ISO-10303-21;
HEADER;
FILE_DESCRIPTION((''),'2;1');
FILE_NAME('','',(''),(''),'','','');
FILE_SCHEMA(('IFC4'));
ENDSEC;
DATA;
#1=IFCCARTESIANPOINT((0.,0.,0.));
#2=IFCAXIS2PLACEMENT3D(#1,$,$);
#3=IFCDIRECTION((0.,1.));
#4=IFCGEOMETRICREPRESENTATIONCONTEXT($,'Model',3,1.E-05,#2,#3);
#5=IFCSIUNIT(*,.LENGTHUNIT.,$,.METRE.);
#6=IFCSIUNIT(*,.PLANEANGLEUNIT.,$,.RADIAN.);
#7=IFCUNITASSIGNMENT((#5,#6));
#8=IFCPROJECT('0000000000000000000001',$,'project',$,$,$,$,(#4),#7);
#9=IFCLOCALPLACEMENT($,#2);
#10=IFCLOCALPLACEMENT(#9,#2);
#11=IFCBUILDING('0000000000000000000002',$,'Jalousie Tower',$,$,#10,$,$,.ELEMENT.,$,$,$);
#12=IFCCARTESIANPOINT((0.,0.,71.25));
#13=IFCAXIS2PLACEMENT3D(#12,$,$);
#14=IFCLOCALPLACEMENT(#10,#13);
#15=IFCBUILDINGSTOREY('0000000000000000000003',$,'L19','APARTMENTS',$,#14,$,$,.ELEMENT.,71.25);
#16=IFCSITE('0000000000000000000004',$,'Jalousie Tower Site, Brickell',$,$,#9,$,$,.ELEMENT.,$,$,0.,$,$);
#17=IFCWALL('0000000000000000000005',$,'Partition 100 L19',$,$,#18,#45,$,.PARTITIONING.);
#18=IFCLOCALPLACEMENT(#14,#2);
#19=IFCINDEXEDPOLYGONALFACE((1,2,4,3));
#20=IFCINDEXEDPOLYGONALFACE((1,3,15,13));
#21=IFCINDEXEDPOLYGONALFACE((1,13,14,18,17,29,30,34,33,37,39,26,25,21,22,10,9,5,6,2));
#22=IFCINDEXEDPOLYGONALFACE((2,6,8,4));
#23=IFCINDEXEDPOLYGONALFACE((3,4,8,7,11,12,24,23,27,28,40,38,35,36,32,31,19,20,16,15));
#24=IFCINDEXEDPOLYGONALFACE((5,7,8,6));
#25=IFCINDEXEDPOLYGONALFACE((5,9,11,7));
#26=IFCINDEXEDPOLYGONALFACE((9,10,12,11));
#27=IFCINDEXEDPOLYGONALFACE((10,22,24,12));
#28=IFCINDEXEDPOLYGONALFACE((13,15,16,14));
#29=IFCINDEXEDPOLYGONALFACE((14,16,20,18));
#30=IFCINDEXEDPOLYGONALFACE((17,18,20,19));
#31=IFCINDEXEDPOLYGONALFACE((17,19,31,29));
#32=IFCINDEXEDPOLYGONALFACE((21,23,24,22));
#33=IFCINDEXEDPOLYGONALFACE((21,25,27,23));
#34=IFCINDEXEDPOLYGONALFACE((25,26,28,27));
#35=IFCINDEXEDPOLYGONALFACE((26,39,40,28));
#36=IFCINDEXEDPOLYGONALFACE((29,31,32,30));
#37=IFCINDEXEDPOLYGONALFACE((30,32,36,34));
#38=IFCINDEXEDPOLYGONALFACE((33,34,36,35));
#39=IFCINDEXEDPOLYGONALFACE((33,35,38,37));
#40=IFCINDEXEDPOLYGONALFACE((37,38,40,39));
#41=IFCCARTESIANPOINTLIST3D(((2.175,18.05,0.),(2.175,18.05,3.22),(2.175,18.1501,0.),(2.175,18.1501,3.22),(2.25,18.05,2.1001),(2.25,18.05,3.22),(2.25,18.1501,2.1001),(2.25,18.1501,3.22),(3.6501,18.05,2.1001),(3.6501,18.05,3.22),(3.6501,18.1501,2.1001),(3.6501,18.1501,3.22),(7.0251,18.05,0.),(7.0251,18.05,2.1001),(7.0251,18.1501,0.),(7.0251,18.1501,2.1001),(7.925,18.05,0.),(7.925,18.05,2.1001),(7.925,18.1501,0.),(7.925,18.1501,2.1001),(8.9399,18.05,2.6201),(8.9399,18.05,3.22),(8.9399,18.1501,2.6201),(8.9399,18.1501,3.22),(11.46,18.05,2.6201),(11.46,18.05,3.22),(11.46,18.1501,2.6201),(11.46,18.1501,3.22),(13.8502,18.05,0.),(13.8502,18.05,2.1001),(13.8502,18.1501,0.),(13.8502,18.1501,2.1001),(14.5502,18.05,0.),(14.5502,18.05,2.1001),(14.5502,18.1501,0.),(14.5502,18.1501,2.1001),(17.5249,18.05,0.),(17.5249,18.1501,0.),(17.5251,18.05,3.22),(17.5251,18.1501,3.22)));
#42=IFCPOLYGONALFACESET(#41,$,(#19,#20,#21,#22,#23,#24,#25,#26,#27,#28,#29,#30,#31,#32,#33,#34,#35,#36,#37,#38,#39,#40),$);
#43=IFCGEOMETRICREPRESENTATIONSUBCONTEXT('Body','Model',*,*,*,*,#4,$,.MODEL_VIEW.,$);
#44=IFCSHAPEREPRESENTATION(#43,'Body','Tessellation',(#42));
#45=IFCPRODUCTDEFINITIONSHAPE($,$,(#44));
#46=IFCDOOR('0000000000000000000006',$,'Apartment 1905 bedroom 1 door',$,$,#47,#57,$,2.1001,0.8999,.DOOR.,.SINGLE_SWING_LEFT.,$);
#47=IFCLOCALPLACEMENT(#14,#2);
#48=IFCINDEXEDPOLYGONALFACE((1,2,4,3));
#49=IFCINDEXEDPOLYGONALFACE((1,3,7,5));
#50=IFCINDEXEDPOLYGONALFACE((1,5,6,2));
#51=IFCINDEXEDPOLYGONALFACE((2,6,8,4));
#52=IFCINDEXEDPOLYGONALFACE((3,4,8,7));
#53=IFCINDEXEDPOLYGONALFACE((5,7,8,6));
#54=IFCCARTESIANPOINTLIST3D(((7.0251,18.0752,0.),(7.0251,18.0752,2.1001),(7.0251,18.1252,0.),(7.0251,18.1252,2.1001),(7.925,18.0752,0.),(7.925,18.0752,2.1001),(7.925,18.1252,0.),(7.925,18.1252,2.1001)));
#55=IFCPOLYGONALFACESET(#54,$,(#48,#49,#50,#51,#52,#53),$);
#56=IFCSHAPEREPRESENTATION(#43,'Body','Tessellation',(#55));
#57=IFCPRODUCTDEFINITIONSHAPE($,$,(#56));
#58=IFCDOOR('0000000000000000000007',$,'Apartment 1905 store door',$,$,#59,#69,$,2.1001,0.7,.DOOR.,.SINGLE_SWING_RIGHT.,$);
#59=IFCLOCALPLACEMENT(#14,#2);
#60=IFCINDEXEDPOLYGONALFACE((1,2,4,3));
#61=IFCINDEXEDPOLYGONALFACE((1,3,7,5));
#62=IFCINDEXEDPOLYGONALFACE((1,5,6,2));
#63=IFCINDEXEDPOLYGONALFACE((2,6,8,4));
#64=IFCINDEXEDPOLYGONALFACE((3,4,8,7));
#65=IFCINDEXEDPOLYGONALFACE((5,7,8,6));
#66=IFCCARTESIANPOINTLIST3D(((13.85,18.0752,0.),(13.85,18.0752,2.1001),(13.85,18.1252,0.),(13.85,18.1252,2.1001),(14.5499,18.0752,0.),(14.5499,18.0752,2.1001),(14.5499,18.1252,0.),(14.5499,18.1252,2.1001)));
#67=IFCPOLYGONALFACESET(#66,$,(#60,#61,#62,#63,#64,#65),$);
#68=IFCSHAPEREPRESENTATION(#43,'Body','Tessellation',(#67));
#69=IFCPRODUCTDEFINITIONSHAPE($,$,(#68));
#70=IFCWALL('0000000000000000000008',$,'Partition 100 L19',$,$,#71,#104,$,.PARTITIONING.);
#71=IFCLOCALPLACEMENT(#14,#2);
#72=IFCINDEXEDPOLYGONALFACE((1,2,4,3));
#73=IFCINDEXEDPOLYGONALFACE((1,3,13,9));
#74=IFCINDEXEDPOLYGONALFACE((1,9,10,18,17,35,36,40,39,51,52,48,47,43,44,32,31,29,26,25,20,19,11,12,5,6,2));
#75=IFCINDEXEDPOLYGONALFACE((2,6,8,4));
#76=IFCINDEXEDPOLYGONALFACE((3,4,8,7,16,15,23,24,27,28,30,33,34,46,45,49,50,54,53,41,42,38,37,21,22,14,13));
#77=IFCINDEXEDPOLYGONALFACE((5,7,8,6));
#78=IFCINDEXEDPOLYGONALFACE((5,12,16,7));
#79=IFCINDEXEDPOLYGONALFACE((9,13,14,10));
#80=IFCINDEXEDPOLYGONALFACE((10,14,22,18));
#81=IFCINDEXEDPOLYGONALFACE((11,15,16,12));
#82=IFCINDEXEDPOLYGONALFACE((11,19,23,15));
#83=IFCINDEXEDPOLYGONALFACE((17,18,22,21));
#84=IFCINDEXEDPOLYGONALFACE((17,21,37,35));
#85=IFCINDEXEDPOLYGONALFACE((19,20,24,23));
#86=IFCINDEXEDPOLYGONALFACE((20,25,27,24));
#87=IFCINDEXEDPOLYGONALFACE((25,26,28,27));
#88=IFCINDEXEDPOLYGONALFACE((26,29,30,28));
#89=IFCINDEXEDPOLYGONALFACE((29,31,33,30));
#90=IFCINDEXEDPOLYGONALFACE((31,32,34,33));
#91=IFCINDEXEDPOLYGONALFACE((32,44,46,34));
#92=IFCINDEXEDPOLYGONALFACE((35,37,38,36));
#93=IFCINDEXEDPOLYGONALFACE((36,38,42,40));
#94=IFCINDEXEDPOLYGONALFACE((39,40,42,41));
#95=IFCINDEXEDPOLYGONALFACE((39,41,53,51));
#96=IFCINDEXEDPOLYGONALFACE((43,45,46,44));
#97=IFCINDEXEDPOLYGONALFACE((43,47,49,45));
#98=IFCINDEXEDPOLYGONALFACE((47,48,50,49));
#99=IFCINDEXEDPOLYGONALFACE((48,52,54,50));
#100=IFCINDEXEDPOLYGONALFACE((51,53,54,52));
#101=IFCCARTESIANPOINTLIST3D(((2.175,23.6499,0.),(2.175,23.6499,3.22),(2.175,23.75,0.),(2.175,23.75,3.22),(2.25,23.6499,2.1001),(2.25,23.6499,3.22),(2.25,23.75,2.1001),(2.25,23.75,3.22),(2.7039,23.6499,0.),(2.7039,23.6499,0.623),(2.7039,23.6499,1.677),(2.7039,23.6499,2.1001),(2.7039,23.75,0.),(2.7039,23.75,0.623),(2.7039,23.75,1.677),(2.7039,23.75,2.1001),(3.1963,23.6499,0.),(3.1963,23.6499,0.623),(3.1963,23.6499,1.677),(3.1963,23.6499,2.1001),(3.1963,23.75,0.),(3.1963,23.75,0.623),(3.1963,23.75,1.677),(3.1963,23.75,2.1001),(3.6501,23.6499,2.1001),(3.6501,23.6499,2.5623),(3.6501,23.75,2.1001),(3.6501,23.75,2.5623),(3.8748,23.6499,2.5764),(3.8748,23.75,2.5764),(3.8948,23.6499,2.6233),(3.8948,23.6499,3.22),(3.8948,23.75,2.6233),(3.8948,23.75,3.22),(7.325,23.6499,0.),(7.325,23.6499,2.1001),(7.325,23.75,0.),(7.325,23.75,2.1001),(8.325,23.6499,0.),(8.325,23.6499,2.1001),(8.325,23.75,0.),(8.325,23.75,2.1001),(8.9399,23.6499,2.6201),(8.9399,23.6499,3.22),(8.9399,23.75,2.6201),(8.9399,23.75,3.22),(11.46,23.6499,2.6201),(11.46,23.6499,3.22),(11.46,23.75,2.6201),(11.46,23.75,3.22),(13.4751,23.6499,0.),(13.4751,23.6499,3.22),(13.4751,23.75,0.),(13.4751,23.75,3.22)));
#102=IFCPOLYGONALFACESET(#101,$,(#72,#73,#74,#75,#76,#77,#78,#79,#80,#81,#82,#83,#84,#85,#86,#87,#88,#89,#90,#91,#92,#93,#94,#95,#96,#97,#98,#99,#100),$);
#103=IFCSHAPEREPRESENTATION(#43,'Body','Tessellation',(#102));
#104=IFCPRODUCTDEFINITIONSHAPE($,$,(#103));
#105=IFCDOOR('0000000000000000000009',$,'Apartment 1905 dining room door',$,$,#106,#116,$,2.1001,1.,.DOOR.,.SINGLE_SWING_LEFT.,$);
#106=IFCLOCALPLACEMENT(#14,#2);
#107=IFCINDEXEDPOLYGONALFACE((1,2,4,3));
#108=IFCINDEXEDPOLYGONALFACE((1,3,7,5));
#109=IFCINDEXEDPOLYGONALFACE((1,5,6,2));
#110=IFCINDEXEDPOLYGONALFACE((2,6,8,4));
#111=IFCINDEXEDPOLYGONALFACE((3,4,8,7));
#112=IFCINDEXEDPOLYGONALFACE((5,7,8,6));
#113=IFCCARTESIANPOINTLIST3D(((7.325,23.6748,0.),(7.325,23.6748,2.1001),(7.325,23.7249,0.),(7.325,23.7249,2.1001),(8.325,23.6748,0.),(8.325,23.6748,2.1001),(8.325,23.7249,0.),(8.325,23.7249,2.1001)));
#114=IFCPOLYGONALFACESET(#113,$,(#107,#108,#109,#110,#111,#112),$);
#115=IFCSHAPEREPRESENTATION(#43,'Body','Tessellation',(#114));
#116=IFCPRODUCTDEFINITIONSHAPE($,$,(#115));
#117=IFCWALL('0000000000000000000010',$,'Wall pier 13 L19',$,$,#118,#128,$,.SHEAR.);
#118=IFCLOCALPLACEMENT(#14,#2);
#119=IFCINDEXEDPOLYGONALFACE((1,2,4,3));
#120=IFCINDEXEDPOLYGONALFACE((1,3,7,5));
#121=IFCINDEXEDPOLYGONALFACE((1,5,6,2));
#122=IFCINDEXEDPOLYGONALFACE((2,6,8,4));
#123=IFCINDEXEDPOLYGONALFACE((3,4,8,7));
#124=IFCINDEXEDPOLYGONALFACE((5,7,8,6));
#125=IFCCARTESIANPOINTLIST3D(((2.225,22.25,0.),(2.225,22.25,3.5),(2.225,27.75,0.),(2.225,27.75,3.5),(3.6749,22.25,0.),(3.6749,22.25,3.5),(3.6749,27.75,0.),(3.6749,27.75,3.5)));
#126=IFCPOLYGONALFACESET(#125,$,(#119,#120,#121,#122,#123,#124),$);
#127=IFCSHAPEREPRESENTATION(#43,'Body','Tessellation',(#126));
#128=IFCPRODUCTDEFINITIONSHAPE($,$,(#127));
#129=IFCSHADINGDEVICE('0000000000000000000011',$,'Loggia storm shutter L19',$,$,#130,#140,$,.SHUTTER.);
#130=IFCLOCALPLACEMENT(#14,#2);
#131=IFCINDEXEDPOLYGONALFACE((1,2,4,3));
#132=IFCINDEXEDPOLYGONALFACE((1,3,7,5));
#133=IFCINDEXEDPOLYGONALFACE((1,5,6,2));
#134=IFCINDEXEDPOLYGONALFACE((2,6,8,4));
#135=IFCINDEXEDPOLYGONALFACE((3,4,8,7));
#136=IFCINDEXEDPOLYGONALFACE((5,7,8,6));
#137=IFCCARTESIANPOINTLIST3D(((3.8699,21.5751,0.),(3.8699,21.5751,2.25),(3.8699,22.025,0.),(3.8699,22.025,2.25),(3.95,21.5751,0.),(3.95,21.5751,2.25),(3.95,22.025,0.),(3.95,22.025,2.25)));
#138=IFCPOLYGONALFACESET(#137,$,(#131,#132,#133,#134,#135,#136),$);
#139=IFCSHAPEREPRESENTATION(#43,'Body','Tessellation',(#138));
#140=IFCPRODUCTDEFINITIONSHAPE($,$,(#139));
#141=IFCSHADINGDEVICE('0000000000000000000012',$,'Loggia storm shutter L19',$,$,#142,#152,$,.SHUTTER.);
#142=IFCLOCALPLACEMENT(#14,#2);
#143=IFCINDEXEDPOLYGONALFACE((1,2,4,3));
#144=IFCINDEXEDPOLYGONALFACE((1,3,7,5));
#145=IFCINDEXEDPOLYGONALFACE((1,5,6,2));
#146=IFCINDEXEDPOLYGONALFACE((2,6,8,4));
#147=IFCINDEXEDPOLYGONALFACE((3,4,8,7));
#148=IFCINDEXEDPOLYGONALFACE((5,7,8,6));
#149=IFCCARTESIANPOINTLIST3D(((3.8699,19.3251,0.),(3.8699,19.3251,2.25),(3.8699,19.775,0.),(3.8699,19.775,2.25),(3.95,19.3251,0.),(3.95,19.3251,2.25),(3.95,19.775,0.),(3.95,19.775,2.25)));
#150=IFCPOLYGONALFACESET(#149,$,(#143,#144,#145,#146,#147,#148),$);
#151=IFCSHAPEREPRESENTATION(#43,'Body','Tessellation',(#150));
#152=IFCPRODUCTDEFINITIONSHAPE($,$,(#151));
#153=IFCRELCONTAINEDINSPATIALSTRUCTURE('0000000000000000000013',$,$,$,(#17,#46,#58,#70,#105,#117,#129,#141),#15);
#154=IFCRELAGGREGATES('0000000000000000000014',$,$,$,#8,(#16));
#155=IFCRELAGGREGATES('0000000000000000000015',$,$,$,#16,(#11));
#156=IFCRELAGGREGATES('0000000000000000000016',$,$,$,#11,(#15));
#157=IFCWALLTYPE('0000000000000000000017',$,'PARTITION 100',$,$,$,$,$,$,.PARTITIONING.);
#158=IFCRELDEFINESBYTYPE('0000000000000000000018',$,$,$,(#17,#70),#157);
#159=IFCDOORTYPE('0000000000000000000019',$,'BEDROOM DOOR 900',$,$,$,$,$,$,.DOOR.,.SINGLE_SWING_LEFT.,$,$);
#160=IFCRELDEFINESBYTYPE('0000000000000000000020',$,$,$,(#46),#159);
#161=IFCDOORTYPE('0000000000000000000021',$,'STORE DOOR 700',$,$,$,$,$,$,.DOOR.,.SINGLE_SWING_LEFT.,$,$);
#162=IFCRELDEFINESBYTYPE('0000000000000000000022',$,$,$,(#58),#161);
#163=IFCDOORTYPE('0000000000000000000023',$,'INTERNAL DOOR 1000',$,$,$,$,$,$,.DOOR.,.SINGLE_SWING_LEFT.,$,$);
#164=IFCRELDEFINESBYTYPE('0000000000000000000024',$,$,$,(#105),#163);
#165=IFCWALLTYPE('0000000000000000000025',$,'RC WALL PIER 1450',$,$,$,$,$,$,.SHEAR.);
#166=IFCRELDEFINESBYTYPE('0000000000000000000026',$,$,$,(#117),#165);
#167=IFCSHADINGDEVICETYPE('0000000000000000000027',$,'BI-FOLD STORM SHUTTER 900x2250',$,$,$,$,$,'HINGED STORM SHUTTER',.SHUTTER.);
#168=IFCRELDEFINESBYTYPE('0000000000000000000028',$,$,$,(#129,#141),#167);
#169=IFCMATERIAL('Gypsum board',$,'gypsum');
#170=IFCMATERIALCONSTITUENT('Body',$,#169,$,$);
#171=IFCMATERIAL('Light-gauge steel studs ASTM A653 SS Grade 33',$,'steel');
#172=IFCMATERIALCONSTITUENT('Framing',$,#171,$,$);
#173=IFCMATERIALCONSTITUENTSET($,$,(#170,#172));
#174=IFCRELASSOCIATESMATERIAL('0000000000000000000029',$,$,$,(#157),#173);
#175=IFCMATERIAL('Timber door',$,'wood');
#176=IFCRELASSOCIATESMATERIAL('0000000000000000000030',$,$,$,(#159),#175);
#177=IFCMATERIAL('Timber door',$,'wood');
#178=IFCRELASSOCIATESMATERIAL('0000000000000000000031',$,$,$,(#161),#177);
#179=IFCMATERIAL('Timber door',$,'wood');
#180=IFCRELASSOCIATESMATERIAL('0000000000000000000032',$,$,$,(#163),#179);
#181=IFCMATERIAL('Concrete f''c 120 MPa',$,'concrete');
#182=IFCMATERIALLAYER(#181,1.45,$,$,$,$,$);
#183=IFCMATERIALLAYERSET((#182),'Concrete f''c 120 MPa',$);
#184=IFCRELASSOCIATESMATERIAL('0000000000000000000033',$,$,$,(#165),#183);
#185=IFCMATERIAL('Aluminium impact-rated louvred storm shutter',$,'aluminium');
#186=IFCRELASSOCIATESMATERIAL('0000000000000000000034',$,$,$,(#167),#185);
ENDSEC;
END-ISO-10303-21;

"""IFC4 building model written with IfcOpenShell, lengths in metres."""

from ifc_helpers import new_model, si_unit, direction, frame, frame_2d, origin, origin_2d, place, context, subcontext, project, spatial, polyline, rectangle, outline, extrude, material, layer, layer_set, constituent, constituent_set, type_object, element, fill, save


model = new_model("IFC4")

# Units and contexts
model_context = context("Model", 3, precision=1e-05, world=origin(), true_north=direction((0.0, 1.0)))
body_context = subcontext(model_context, "Body", "Model", "MODEL_VIEW")
ifc_project = project(units=[si_unit("LENGTHUNIT", "METRE"), si_unit("PLANEANGLEUNIT", "RADIAN")], contexts=[model_context])

# Site, building, storey
site_placement = place(None, origin())
site = spatial("IfcSite", under=ifc_project, at=site_placement, Name="Jalousie Tower Site, Brickell", CompositionType="ELEMENT", RefElevation=0.0)
building_placement = place(site_placement, origin())
building = spatial("IfcBuilding", under=site, at=building_placement, Name="Jalousie Tower", CompositionType="ELEMENT")
storey_placement = place(building_placement, frame((0.0, 0.0, 71.25)))
storey = spatial("IfcBuildingStorey", under=building, at=storey_placement, Name="L19", Description="APARTMENTS", CompositionType="ELEMENT", Elevation=71.25)

# Wall, openings, doors
ifc_material_1 = material(Name="Gypsum board", Category="gypsum")
ifc_constituent_1 = constituent(ifc_material_1, Name="Body")
ifc_material_2 = material(Name="Light-gauge steel studs ASTM A653 SS Grade 33", Category="steel")
ifc_constituent_2 = constituent(ifc_material_2, Name="Framing")
ifc_constituent_set_1 = constituent_set(constituents=[ifc_constituent_1, ifc_constituent_2])
wall_type_1 = type_object("IfcWallType", Name="PARTITION 100", PredefinedType="PARTITIONING", material=ifc_constituent_set_1)
wall_1_placement = place(storey_placement, frame((2.175, 18.1001, 0.0), z_axis=(0.0, 0.0, 1.0), x_axis=(1.0, 0.0, 0.0)))
wall_1 = element("IfcWall", 1, at=wall_1_placement, inside=storey, type_object=wall_type_1, Name="Partition 100 L19", PredefinedType="PARTITIONING", context=body_context, shape_type="SweptSolid", body=[
    extrude(outline(polyline([(0.0, 0.0), (15.3499, 0.0), (15.3501, 3.22), (9.2849, 3.22), (9.2849, 2.6201), (6.7649, 2.6201), (6.7649, 3.22), (1.4751, 3.22), (1.4751, 2.1001), (0.075, 2.1001), (0.075, 3.22), (0.0, 3.22), (0.0, 0.0)])), frame((0.0, 0.05, 0.0), z_axis=(0.0, -1.0, 0.0), x_axis=(1.0, 0.0, 0.0)), (0.0, 0.0, 1.0), 0.1001),
])
opening_1_placement = place(wall_1_placement, frame((4.8501, 0.0, 0.0)))
opening_1 = element("IfcOpeningElement", 2, at=opening_1_placement, cuts=wall_1, PredefinedType="OPENING", context=body_context, shape_type="SweptSolid", body=[
    extrude(rectangle(XDim=0.8999, YDim=2.1001, at=frame_2d((0.45, 1.05))), frame((0.0, 0.0601, 0.0), z_axis=(0.0, -1.0, 0.0), x_axis=(1.0, 0.0, 0.0)), (0.0, 0.0, 1.0), 0.1201),
])
opening_2_placement = place(wall_1_placement, frame((11.675, 0.0, 0.0)))
opening_2 = element("IfcOpeningElement", 3, at=opening_2_placement, cuts=wall_1, PredefinedType="OPENING", context=body_context, shape_type="SweptSolid", body=[
    extrude(rectangle(XDim=0.7, YDim=2.1001, at=frame_2d((0.3501, 1.05))), frame((0.0, 0.0601, 0.0), z_axis=(0.0, -1.0, 0.0), x_axis=(1.0, 0.0, 0.0)), (0.0, 0.0, 1.0), 0.1201),
])
ifc_material_3 = material(Name="Timber door", Category="wood")
door_type_1 = type_object("IfcDoorType", Name="BEDROOM DOOR 900", OperationType="SINGLE_SWING_LEFT", PredefinedType="DOOR", material=ifc_material_3)
door_1_placement = place(opening_1_placement, frame((0.8999, 0.0, 0.0), z_axis=(0.0, 0.0, 1.0), x_axis=(-1.0, 0.0, 0.0)))
door_1 = element("IfcDoor", 4, at=door_1_placement, inside=storey, type_object=door_type_1, Name="Apartment 1905 bedroom 1 door", OperationType="SINGLE_SWING_LEFT", OverallHeight=2.1001, OverallWidth=0.8999, PredefinedType="DOOR", context=body_context, shape_type="SweptSolid", body=[
    extrude(rectangle(XDim=0.8999, YDim=2.1001, at=frame_2d((0.45, 1.05))), frame((0.0, 0.0249, 0.0), z_axis=(0.0, -1.0, 0.0), x_axis=(1.0, 0.0, 0.0)), (0.0, 0.0, 1.0), 0.05),
])
fill(opening_1, door_1)
ifc_material_4 = material(Name="Timber door", Category="wood")
door_type_2 = type_object("IfcDoorType", Name="STORE DOOR 700", OperationType="SINGLE_SWING_LEFT", PredefinedType="DOOR", material=ifc_material_4)
door_2_placement = place(opening_2_placement, frame((0.7, 0.0, 0.0), z_axis=(0.0, 0.0, 1.0), x_axis=(-1.0, 0.0, 0.0)))
door_2 = element("IfcDoor", 5, at=door_2_placement, inside=storey, type_object=door_type_2, Name="Apartment 1905 store door", OperationType="SINGLE_SWING_RIGHT", OverallHeight=2.1001, OverallWidth=0.7, PredefinedType="DOOR", context=body_context, shape_type="SweptSolid", body=[
    extrude(rectangle(XDim=0.7, YDim=2.1001, at=frame_2d((0.3501, 1.05))), frame((0.0, 0.0249, 0.0), z_axis=(0.0, -1.0, 0.0), x_axis=(1.0, 0.0, 0.0)), (0.0, 0.0, 1.0), 0.05),
])
fill(opening_2, door_2)

# Wall, opening, door
wall_2_placement = place(storey_placement, frame((2.175, 23.7, 0.0), z_axis=(0.0, 0.0, 1.0), x_axis=(1.0, 0.0, 0.0)))
wall_2 = element("IfcWall", 6, at=wall_2_placement, inside=storey, type_object=wall_type_1, Name="Partition 100 L19", PredefinedType="PARTITIONING", context=body_context, shape_type="SweptSolid", body=[
    extrude(outline(polyline([(0.075, 3.22), (0.0, 3.22), (0.0, 0.0), (0.5288, 0.0), (0.5288, 0.623), (1.0212, 0.623), (1.0212, 0.0), (11.3, 0.0), (11.3, 3.22), (9.2849, 3.22), (9.2849, 2.6201), (6.7649, 2.6201), (6.7649, 3.22), (1.7197, 3.22), (1.7197, 2.6233), (1.6997, 2.5764), (1.4751, 2.5623), (1.4751, 2.1001), (1.0212, 2.1001), (1.0212, 1.677), (0.5288, 1.677), (0.5288, 2.1001), (0.075, 2.1001), (0.075, 3.22)])), frame((0.0, 0.05, 0.0), z_axis=(0.0, -1.0, 0.0), x_axis=(1.0, 0.0, 0.0)), (0.0, 0.0, 1.0), 0.1001),
])
opening_3_placement = place(wall_2_placement, frame((5.1499, 0.0, 0.0)))
opening_3 = element("IfcOpeningElement", 7, at=opening_3_placement, cuts=wall_2, PredefinedType="OPENING", context=body_context, shape_type="SweptSolid", body=[
    extrude(rectangle(XDim=1.0, YDim=2.1001, at=frame_2d((0.5, 1.05))), frame((0.0, 0.0601, 0.0), z_axis=(0.0, -1.0, 0.0), x_axis=(1.0, 0.0, 0.0)), (0.0, 0.0, 1.0), 0.1201),
])
ifc_material_5 = material(Name="Timber door", Category="wood")
door_type_3 = type_object("IfcDoorType", Name="INTERNAL DOOR 1000", OperationType="SINGLE_SWING_LEFT", PredefinedType="DOOR", material=ifc_material_5)
door_3_placement = place(opening_3_placement, origin())
door_3 = element("IfcDoor", 8, at=door_3_placement, inside=storey, type_object=door_type_3, Name="Apartment 1905 dining room door", OperationType="SINGLE_SWING_LEFT", OverallHeight=2.1001, OverallWidth=1.0, PredefinedType="DOOR", context=body_context, shape_type="SweptSolid", body=[
    extrude(rectangle(XDim=1.0, YDim=2.1001, at=frame_2d((0.5, 1.05))), frame((0.0, 0.0249, 0.0), z_axis=(0.0, -1.0, 0.0), x_axis=(1.0, 0.0, 0.0)), (0.0, 0.0, 1.0), 0.05),
])
fill(opening_3, door_3)

# Wall
ifc_material_6 = material(Name="Concrete f'c 120 MPa", Category="concrete")
ifc_layer_1 = layer(ifc_material_6, 1.45)
ifc_layer_set_1 = layer_set([ifc_layer_1], Name="Concrete f'c 120 MPa")
wall_type_2 = type_object("IfcWallType", Name="RC WALL PIER 1450", PredefinedType="SHEAR", material=ifc_layer_set_1)
wall_3_placement = place(storey_placement, frame((2.95, 22.25, 0.0), z_axis=(0.0, 0.0, 1.0), x_axis=(0.0, 1.0, 0.0)))
element("IfcWall", 9, at=wall_3_placement, inside=storey, type_object=wall_type_2, Name="Wall pier 13 L19", PredefinedType="SHEAR", context=body_context, shape_type="SweptSolid", body=[
    extrude(rectangle(XDim=5.5, YDim=1.45, at=frame_2d((2.75, 0.0))), origin(), (0.0, 0.0, 1.0), 3.5),
])

# Shading devices
ifc_material_7 = material(Name="Aluminium impact-rated louvred storm shutter", Category="aluminium")
shading_device_type_1 = type_object("IfcShadingDeviceType", Name="BI-FOLD STORM SHUTTER 900x2250", ElementType="HINGED STORM SHUTTER", PredefinedType="SHUTTER", material=ifc_material_7)
for number, where, z_axis, x_axis, name in (
    (10, (3.9099, 21.8, 0.0), (0.0, 0.0, 1.0), (0.0, -1.0, 0.0), "Loggia storm shutter L19"),
    (11, (3.9099, 19.55, 0.0), (0.0, 0.0, 1.0), (0.0, -1.0, 0.0), "Loggia storm shutter L19"),
):
    element("IfcShadingDevice", number, at=place(storey_placement, frame(where, z_axis=z_axis, x_axis=x_axis)), inside=storey, type_object=shading_device_type_1, Name=name, PredefinedType="SHUTTER", context=body_context, shape_type="SweptSolid", body=[
        extrude(rectangle(XDim=0.45, YDim=0.0801, at=origin_2d()), origin(), (0.0, 0.0, 1.0), 2.25),
    ])

save(model, "model.ifc")
